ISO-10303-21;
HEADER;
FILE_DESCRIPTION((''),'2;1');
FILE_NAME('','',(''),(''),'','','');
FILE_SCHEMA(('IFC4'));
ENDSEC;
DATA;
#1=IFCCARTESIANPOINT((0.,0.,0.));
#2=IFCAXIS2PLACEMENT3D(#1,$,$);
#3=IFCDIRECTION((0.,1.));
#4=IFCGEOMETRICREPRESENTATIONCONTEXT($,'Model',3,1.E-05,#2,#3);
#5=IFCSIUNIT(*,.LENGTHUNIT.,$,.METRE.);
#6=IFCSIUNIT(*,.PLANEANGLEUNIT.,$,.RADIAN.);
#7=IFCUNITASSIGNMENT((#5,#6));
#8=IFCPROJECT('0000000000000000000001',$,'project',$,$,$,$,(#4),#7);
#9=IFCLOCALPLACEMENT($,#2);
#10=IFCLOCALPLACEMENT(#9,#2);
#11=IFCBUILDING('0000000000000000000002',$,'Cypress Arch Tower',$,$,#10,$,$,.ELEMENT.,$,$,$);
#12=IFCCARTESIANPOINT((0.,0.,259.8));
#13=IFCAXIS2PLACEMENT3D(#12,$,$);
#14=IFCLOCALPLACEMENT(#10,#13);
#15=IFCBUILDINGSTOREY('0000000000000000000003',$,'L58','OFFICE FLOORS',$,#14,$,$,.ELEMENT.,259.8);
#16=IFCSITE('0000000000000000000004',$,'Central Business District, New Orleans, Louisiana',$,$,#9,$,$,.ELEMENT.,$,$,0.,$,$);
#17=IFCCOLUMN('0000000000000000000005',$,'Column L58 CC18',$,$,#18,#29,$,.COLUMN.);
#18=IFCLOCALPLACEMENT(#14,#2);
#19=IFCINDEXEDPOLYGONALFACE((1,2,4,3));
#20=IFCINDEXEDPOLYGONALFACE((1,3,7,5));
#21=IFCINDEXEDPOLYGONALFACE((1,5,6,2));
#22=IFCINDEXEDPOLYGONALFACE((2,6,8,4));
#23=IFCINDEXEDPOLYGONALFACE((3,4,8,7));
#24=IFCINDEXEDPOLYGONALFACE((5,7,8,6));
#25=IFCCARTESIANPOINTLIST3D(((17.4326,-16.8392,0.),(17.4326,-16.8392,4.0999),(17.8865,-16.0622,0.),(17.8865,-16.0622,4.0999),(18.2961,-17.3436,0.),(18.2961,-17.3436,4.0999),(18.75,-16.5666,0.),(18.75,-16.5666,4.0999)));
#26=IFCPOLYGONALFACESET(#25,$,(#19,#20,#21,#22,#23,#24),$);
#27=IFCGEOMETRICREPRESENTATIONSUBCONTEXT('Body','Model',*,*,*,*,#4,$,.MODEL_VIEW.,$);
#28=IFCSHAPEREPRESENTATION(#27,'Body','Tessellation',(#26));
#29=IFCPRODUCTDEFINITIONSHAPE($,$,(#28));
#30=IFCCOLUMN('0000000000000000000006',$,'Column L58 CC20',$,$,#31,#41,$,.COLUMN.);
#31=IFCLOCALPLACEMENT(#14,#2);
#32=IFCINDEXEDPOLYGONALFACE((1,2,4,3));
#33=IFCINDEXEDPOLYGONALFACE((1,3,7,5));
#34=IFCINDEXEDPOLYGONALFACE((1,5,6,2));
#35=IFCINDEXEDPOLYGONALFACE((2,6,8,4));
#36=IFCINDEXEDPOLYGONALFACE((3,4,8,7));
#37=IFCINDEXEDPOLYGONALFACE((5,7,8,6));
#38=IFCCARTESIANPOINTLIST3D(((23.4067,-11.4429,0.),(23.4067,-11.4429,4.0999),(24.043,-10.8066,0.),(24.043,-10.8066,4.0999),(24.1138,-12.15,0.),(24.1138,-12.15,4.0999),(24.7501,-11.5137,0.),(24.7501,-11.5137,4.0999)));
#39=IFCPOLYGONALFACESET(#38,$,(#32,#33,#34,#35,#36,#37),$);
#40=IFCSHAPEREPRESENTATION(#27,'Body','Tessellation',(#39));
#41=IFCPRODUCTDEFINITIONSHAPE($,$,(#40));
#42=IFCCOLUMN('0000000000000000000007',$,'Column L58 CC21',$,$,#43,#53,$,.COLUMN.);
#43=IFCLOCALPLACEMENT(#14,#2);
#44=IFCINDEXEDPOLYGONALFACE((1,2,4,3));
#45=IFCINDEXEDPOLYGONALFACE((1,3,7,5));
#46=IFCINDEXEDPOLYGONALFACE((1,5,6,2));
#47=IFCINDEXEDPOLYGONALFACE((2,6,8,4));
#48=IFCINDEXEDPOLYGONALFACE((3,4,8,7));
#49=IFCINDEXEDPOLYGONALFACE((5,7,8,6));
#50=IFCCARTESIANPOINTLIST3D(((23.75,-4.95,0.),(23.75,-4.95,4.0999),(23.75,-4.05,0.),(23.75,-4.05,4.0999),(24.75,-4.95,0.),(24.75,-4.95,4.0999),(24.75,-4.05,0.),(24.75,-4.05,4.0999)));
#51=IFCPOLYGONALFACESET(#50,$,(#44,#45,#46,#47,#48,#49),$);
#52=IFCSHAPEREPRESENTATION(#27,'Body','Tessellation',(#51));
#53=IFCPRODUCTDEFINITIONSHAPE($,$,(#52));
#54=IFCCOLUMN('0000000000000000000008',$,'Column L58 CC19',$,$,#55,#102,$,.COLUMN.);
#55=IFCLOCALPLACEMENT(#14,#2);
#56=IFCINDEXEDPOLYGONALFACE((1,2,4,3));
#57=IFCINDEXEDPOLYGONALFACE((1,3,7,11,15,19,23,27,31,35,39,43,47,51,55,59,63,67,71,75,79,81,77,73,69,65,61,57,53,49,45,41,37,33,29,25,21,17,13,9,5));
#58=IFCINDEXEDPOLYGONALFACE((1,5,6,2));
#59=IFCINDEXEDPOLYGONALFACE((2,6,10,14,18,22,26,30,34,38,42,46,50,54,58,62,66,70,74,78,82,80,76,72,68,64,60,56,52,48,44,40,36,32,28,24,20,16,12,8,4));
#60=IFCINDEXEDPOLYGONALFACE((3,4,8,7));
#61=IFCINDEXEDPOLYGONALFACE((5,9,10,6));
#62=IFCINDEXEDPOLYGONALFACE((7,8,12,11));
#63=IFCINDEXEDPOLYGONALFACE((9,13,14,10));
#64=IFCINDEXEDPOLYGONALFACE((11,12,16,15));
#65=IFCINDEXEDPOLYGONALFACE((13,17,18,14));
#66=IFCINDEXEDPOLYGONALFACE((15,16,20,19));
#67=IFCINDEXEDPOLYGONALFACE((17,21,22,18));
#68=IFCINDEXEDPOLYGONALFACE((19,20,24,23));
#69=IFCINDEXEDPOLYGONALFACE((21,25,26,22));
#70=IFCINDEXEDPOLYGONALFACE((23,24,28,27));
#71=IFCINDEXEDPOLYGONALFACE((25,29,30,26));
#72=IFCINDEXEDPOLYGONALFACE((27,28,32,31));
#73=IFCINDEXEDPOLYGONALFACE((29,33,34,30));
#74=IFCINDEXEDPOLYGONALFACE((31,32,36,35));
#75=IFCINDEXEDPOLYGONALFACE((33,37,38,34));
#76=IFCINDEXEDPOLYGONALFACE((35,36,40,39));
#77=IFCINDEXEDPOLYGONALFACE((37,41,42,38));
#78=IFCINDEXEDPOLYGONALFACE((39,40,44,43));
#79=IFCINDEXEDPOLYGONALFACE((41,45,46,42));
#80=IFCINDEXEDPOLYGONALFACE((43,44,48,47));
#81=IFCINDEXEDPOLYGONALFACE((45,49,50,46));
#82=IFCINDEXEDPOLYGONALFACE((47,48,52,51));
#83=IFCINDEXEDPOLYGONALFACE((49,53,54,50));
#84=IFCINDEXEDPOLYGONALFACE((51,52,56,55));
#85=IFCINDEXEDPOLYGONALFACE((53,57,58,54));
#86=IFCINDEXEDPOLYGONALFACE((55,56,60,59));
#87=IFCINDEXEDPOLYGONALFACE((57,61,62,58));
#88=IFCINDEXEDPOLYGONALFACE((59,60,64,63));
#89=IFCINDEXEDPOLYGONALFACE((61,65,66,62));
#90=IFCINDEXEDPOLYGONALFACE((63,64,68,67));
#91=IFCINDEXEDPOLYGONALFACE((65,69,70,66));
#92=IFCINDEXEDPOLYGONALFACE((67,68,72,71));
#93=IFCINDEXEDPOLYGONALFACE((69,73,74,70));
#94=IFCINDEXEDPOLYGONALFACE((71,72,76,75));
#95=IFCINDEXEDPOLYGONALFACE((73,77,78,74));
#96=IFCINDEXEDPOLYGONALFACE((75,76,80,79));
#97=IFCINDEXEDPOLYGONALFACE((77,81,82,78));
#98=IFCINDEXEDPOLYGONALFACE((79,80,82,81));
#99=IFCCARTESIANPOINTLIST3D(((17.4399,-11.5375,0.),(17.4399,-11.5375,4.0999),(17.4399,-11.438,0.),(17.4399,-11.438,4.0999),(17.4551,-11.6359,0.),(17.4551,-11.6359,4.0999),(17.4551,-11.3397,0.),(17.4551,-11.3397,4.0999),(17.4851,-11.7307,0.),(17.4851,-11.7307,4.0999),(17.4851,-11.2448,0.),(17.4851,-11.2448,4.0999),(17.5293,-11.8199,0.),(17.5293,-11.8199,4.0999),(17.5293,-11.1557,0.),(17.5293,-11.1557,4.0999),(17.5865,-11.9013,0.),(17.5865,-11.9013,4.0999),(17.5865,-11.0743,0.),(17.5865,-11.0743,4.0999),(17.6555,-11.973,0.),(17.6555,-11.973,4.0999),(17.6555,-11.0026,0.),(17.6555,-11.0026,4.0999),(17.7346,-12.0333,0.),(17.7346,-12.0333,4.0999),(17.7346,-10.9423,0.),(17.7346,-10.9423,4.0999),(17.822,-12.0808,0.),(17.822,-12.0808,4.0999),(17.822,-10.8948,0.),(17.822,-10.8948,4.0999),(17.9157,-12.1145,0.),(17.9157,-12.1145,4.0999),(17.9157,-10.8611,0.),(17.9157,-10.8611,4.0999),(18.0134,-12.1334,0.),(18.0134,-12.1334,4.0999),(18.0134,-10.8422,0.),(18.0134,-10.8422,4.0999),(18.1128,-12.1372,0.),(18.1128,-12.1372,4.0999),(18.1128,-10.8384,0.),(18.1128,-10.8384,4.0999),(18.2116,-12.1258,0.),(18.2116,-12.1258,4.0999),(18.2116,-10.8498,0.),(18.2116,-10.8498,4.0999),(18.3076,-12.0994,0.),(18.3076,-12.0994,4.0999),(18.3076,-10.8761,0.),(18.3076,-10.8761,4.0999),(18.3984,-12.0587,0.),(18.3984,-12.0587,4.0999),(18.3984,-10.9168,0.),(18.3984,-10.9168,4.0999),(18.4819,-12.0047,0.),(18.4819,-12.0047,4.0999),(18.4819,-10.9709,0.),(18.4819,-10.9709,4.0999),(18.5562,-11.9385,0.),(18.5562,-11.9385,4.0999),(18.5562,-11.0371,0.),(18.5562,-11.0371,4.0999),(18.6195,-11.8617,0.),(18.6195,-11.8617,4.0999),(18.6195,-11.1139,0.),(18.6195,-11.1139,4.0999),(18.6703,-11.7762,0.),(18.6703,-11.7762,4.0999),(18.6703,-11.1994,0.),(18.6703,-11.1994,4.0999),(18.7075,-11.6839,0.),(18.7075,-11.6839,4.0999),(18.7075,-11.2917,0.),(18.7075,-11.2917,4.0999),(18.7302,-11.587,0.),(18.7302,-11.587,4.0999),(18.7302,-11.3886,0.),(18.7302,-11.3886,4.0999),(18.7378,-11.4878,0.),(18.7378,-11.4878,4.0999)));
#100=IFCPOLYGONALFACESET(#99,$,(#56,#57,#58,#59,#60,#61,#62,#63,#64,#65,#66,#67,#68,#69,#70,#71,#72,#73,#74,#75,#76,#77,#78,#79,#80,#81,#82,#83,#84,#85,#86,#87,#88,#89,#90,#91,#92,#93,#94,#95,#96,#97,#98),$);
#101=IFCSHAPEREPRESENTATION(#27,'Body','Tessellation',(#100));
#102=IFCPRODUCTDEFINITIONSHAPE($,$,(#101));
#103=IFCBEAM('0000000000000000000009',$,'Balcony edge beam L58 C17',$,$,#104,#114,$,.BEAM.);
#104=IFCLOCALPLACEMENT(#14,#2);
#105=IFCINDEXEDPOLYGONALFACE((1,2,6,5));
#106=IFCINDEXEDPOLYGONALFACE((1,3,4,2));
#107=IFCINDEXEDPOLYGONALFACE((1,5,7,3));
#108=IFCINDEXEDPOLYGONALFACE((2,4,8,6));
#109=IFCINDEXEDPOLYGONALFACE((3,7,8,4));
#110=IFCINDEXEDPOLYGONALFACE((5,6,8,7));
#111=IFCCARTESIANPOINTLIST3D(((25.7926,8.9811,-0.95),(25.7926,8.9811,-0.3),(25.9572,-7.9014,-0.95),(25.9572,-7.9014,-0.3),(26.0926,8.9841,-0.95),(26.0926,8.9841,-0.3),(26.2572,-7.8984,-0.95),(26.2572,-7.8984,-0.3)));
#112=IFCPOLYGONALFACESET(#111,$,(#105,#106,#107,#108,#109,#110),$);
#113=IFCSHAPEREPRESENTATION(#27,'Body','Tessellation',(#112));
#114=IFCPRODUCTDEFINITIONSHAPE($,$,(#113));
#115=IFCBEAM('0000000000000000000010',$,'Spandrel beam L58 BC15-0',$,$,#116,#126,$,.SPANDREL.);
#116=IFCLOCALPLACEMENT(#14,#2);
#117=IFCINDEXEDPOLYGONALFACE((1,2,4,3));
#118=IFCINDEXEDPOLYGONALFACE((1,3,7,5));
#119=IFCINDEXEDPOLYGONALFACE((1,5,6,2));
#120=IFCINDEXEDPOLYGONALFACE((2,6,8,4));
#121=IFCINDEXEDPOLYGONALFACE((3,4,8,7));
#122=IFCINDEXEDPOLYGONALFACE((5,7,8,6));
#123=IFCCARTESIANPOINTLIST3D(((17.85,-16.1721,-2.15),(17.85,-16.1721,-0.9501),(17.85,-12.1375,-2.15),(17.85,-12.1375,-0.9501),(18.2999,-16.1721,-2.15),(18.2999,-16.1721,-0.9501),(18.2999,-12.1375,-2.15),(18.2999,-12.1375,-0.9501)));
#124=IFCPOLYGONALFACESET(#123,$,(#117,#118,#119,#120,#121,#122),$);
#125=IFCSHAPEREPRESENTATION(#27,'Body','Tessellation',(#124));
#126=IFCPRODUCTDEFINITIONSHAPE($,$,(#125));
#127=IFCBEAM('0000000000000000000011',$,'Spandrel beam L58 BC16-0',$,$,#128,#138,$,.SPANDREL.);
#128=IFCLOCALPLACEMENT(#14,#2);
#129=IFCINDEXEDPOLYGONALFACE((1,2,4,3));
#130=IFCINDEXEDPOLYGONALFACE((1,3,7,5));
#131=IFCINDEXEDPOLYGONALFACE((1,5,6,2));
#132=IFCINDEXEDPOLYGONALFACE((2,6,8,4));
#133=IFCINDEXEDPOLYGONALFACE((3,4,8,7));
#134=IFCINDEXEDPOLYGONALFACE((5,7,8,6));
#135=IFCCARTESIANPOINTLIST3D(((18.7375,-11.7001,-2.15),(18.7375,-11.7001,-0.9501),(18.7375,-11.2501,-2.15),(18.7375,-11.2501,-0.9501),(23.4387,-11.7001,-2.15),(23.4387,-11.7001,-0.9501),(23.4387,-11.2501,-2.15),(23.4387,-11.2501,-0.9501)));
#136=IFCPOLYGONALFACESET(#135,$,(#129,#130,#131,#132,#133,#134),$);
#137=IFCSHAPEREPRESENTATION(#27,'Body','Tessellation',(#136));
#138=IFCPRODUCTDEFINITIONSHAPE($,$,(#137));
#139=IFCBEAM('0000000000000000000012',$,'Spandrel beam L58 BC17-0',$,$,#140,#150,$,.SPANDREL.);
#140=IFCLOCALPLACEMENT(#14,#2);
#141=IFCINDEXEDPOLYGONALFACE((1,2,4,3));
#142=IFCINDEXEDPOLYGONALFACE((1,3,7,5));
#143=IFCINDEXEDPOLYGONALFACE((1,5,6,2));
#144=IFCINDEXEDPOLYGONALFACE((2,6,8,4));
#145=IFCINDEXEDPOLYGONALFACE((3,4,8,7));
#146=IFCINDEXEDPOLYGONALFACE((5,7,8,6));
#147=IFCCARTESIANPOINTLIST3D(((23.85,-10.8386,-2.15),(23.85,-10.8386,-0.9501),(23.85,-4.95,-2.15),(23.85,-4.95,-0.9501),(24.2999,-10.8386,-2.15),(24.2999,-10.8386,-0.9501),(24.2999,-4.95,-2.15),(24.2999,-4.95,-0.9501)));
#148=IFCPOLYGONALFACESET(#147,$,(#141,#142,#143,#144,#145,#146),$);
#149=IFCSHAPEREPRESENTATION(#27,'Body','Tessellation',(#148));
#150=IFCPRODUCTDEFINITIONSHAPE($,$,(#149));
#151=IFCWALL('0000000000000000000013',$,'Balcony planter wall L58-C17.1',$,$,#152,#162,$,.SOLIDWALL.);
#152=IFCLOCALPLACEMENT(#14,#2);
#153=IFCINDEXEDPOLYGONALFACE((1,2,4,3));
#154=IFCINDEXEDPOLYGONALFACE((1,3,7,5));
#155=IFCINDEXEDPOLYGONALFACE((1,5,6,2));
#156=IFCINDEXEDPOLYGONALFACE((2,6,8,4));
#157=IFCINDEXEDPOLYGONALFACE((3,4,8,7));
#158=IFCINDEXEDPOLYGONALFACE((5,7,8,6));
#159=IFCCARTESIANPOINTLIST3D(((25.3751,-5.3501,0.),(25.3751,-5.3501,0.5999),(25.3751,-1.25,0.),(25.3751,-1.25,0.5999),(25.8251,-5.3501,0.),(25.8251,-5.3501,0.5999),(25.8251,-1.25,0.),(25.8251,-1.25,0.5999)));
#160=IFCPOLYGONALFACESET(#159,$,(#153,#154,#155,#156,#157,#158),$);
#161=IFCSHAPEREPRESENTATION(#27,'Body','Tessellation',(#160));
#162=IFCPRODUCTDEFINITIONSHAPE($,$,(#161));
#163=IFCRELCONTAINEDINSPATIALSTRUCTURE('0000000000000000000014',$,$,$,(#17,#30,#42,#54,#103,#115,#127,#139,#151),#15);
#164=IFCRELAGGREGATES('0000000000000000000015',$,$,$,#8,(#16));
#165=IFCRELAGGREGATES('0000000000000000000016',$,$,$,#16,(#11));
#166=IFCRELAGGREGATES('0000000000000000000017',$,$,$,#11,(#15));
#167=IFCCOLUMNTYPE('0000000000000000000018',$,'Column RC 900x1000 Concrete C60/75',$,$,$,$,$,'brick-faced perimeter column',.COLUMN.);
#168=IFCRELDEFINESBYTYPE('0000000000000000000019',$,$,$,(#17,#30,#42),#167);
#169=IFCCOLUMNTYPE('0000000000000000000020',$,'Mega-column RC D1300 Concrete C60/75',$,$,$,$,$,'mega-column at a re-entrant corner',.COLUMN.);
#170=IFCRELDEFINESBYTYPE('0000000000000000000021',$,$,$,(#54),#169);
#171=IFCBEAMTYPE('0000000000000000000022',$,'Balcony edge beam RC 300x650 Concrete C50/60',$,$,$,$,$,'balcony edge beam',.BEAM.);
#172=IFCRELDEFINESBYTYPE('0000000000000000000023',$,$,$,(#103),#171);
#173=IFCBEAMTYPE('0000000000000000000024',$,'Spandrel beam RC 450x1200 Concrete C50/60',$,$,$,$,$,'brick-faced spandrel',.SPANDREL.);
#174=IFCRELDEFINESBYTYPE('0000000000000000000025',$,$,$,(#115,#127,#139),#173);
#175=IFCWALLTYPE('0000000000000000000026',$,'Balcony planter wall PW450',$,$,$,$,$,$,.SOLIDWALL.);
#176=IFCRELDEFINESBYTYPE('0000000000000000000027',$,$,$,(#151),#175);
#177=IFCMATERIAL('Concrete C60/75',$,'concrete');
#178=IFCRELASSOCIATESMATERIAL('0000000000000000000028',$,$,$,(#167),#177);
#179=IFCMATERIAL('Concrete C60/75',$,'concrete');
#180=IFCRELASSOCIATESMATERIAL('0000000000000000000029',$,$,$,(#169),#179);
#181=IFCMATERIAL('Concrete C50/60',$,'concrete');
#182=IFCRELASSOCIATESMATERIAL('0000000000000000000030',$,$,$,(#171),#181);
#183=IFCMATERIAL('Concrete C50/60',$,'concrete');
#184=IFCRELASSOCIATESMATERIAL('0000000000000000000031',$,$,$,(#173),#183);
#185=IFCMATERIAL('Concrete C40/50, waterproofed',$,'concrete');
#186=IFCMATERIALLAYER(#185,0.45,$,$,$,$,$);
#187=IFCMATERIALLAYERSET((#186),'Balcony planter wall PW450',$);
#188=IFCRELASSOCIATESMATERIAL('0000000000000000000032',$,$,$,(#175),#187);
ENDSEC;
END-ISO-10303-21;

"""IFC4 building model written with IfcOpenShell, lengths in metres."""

from ifc_helpers import new_model, si_unit, direction, frame, frame_2d, origin, origin_2d, place, context, subcontext, project, spatial, rectangle, circle, extrude, material, layer, layer_set, material_profile, profile_set, type_object, element, save


model = new_model("IFC4")

# Units and contexts
model_context = context("Model", 3, precision=1e-05, world=origin(), true_north=direction((0.0, 1.0)))
body_context = subcontext(model_context, "Body", "Model", "MODEL_VIEW")
ifc_project = project(units=[si_unit("LENGTHUNIT", "METRE"), si_unit("PLANEANGLEUNIT", "RADIAN")], contexts=[model_context])

# Site, building, storey
site_placement = place(None, origin())
site = spatial("IfcSite", under=ifc_project, at=site_placement, Name="Central Business District, New Orleans, Louisiana", CompositionType="ELEMENT", RefElevation=0.0)
building_placement = place(site_placement, origin())
building = spatial("IfcBuilding", under=site, at=building_placement, Name="Cypress Arch Tower", CompositionType="ELEMENT")
storey_placement = place(building_placement, frame((0.0, 0.0, 259.8)))
storey = spatial("IfcBuildingStorey", under=building, at=storey_placement, Name="L58", Description="OFFICE FLOORS", CompositionType="ELEMENT", Elevation=259.8)

# Columns
ifc_material_1 = material(Name="Concrete C60/75", Category="concrete")
ifc_material_profile_1 = material_profile(ifc_material_1, rectangle(XDim=0.8999, YDim=1.0, at=origin_2d()), Name="RC 900x1000")
ifc_profile_set_1 = profile_set([ifc_material_profile_1], Name="Concrete C60/75")
column_type_1 = type_object("IfcColumnType", Name="Column RC 900x1000 Concrete C60/75", ElementType="brick-faced perimeter column", PredefinedType="COLUMN", material=ifc_profile_set_1)
for number, where, z_axis, x_axis, name in (
    (1, (18.0913, -16.7029, 0.0), (0.0, 0.0, 1.0), (0.504399, 0.863471, 0.0), "Column L58 CC18"),
    (2, (24.0784, -11.4783, 0.0), (0.0, 0.0, 1.0), (0.707107, 0.707107, 0.0), "Column L58 CC20"),
    (3, (24.25, -4.5, 0.0), (0.0, 0.0, 1.0), (0.0, 1.0, 0.0), "Column L58 CC21"),
):
    element("IfcColumn", number, at=place(storey_placement, frame(where, z_axis=z_axis, x_axis=x_axis)), inside=storey, type_object=column_type_1, Name=name, PredefinedType="COLUMN", context=body_context, shape_type="SweptSolid", body=[
        extrude(rectangle(XDim=0.8999, YDim=1.0, at=origin_2d()), origin(), (0.0, 0.0, 1.0), 4.0999),
    ])
ifc_material_2 = material(Name="Concrete C60/75", Category="concrete")
ifc_material_profile_2 = material_profile(ifc_material_2, circle(Radius=0.6499, at=origin_2d()), Name="RC D1300")
ifc_profile_set_2 = profile_set([ifc_material_profile_2], Name="Concrete C60/75")
column_type_2 = type_object("IfcColumnType", Name="Mega-column RC D1300 Concrete C60/75", ElementType="mega-column at a re-entrant corner", PredefinedType="COLUMN", material=ifc_profile_set_2)
column_placement = place(storey_placement, frame((18.0879, -11.4878, 0.0), z_axis=(0.0, 0.0, 1.0), x_axis=(1.0, 0.0, 0.0)))
element("IfcColumn", 4, at=column_placement, inside=storey, type_object=column_type_2, Name="Column L58 CC19", PredefinedType="COLUMN", context=body_context, shape_type="SweptSolid", body=[
    extrude(circle(Radius=0.6499, at=origin_2d()), origin(), (0.0, 0.0, 1.0), 4.0999),
])

# Beams
ifc_material_3 = material(Name="Concrete C50/60", Category="concrete")
ifc_material_profile_3 = material_profile(ifc_material_3, rectangle(XDim=0.3, YDim=0.6499, at=origin_2d()), Name="RC 300x650")
ifc_profile_set_3 = profile_set([ifc_material_profile_3], Name="Concrete C50/60")
beam_type_1 = type_object("IfcBeamType", Name="Balcony edge beam RC 300x650 Concrete C50/60", ElementType="balcony edge beam", PredefinedType="BEAM", material=ifc_profile_set_3)
beam_1_placement = place(storey_placement, frame((26.1072, -7.8999, -0.625), z_axis=(-0.009746, 0.999953, 0.0), x_axis=(-0.999953, -0.009746, 0.0)))
element("IfcBeam", 5, at=beam_1_placement, inside=storey, type_object=beam_type_1, Name="Balcony edge beam L58 C17", PredefinedType="BEAM", context=body_context, shape_type="SweptSolid", body=[
    extrude(rectangle(XDim=0.3, YDim=0.6499, at=origin_2d()), origin(), (0.0, 0.0, 1.0), 16.8833),
])
ifc_material_4 = material(Name="Concrete C50/60", Category="concrete")
ifc_material_profile_4 = material_profile(ifc_material_4, rectangle(XDim=0.45, YDim=1.2, at=origin_2d()), Name="RC 450x1200")
ifc_profile_set_4 = profile_set([ifc_material_profile_4], Name="Concrete C50/60")
beam_type_2 = type_object("IfcBeamType", Name="Spandrel beam RC 450x1200 Concrete C50/60", ElementType="brick-faced spandrel", PredefinedType="SPANDREL", material=ifc_profile_set_4)
beam_2_placement = place(storey_placement, frame((18.075, -16.1721, -1.55), z_axis=(0.0, 1.0, 0.0), x_axis=(-1.0, 0.0, 0.0)))
element("IfcBeam", 6, at=beam_2_placement, inside=storey, type_object=beam_type_2, Name="Spandrel beam L58 BC15-0", PredefinedType="SPANDREL", context=body_context, shape_type="SweptSolid", body=[
    extrude(rectangle(XDim=0.45, YDim=1.2, at=origin_2d()), origin(), (0.0, 0.0, 1.0), 4.0347),
])
beam_3_placement = place(storey_placement, frame((18.7375, -11.4751, -1.55), z_axis=(1.0, 0.0, 0.0), x_axis=(0.0, 1.0, 0.0)))
element("IfcBeam", 7, at=beam_3_placement, inside=storey, type_object=beam_type_2, Name="Spandrel beam L58 BC16-0", PredefinedType="SPANDREL", context=body_context, shape_type="SweptSolid", body=[
    extrude(rectangle(XDim=0.45, YDim=1.2, at=origin_2d()), origin(), (0.0, 0.0, 1.0), 4.7012),
])
beam_4_placement = place(storey_placement, frame((24.075, -10.8386, -1.55), z_axis=(0.0, 1.0, 0.0), x_axis=(-1.0, 0.0, 0.0)))
element("IfcBeam", 8, at=beam_4_placement, inside=storey, type_object=beam_type_2, Name="Spandrel beam L58 BC17-0", PredefinedType="SPANDREL", context=body_context, shape_type="SweptSolid", body=[
    extrude(rectangle(XDim=0.45, YDim=1.2, at=origin_2d()), origin(), (0.0, 0.0, 1.0), 5.8887),
])

# Wall
ifc_material_5 = material(Name="Concrete C40/50, waterproofed", Category="concrete")
ifc_layer_1 = layer(ifc_material_5, 0.45)
ifc_layer_set_1 = layer_set([ifc_layer_1], Name="Balcony planter wall PW450")
wall_type_1 = type_object("IfcWallType", Name="Balcony planter wall PW450", PredefinedType="SOLIDWALL", material=ifc_layer_set_1)
wall_1_placement = place(storey_placement, frame((25.6001, -5.3501, 0.0), z_axis=(0.0, 0.0, 1.0), x_axis=(0.0, 1.0, 0.0)))
element("IfcWall", 9, at=wall_1_placement, inside=storey, type_object=wall_type_1, Name="Balcony planter wall L58-C17.1", PredefinedType="SOLIDWALL", context=body_context, shape_type="SweptSolid", body=[
    extrude(rectangle(XDim=4.1001, YDim=0.45, at=frame_2d((2.05, 0.0))), origin(), (0.0, 0.0, 1.0), 0.5999),
])

save(model, "model.ifc")
